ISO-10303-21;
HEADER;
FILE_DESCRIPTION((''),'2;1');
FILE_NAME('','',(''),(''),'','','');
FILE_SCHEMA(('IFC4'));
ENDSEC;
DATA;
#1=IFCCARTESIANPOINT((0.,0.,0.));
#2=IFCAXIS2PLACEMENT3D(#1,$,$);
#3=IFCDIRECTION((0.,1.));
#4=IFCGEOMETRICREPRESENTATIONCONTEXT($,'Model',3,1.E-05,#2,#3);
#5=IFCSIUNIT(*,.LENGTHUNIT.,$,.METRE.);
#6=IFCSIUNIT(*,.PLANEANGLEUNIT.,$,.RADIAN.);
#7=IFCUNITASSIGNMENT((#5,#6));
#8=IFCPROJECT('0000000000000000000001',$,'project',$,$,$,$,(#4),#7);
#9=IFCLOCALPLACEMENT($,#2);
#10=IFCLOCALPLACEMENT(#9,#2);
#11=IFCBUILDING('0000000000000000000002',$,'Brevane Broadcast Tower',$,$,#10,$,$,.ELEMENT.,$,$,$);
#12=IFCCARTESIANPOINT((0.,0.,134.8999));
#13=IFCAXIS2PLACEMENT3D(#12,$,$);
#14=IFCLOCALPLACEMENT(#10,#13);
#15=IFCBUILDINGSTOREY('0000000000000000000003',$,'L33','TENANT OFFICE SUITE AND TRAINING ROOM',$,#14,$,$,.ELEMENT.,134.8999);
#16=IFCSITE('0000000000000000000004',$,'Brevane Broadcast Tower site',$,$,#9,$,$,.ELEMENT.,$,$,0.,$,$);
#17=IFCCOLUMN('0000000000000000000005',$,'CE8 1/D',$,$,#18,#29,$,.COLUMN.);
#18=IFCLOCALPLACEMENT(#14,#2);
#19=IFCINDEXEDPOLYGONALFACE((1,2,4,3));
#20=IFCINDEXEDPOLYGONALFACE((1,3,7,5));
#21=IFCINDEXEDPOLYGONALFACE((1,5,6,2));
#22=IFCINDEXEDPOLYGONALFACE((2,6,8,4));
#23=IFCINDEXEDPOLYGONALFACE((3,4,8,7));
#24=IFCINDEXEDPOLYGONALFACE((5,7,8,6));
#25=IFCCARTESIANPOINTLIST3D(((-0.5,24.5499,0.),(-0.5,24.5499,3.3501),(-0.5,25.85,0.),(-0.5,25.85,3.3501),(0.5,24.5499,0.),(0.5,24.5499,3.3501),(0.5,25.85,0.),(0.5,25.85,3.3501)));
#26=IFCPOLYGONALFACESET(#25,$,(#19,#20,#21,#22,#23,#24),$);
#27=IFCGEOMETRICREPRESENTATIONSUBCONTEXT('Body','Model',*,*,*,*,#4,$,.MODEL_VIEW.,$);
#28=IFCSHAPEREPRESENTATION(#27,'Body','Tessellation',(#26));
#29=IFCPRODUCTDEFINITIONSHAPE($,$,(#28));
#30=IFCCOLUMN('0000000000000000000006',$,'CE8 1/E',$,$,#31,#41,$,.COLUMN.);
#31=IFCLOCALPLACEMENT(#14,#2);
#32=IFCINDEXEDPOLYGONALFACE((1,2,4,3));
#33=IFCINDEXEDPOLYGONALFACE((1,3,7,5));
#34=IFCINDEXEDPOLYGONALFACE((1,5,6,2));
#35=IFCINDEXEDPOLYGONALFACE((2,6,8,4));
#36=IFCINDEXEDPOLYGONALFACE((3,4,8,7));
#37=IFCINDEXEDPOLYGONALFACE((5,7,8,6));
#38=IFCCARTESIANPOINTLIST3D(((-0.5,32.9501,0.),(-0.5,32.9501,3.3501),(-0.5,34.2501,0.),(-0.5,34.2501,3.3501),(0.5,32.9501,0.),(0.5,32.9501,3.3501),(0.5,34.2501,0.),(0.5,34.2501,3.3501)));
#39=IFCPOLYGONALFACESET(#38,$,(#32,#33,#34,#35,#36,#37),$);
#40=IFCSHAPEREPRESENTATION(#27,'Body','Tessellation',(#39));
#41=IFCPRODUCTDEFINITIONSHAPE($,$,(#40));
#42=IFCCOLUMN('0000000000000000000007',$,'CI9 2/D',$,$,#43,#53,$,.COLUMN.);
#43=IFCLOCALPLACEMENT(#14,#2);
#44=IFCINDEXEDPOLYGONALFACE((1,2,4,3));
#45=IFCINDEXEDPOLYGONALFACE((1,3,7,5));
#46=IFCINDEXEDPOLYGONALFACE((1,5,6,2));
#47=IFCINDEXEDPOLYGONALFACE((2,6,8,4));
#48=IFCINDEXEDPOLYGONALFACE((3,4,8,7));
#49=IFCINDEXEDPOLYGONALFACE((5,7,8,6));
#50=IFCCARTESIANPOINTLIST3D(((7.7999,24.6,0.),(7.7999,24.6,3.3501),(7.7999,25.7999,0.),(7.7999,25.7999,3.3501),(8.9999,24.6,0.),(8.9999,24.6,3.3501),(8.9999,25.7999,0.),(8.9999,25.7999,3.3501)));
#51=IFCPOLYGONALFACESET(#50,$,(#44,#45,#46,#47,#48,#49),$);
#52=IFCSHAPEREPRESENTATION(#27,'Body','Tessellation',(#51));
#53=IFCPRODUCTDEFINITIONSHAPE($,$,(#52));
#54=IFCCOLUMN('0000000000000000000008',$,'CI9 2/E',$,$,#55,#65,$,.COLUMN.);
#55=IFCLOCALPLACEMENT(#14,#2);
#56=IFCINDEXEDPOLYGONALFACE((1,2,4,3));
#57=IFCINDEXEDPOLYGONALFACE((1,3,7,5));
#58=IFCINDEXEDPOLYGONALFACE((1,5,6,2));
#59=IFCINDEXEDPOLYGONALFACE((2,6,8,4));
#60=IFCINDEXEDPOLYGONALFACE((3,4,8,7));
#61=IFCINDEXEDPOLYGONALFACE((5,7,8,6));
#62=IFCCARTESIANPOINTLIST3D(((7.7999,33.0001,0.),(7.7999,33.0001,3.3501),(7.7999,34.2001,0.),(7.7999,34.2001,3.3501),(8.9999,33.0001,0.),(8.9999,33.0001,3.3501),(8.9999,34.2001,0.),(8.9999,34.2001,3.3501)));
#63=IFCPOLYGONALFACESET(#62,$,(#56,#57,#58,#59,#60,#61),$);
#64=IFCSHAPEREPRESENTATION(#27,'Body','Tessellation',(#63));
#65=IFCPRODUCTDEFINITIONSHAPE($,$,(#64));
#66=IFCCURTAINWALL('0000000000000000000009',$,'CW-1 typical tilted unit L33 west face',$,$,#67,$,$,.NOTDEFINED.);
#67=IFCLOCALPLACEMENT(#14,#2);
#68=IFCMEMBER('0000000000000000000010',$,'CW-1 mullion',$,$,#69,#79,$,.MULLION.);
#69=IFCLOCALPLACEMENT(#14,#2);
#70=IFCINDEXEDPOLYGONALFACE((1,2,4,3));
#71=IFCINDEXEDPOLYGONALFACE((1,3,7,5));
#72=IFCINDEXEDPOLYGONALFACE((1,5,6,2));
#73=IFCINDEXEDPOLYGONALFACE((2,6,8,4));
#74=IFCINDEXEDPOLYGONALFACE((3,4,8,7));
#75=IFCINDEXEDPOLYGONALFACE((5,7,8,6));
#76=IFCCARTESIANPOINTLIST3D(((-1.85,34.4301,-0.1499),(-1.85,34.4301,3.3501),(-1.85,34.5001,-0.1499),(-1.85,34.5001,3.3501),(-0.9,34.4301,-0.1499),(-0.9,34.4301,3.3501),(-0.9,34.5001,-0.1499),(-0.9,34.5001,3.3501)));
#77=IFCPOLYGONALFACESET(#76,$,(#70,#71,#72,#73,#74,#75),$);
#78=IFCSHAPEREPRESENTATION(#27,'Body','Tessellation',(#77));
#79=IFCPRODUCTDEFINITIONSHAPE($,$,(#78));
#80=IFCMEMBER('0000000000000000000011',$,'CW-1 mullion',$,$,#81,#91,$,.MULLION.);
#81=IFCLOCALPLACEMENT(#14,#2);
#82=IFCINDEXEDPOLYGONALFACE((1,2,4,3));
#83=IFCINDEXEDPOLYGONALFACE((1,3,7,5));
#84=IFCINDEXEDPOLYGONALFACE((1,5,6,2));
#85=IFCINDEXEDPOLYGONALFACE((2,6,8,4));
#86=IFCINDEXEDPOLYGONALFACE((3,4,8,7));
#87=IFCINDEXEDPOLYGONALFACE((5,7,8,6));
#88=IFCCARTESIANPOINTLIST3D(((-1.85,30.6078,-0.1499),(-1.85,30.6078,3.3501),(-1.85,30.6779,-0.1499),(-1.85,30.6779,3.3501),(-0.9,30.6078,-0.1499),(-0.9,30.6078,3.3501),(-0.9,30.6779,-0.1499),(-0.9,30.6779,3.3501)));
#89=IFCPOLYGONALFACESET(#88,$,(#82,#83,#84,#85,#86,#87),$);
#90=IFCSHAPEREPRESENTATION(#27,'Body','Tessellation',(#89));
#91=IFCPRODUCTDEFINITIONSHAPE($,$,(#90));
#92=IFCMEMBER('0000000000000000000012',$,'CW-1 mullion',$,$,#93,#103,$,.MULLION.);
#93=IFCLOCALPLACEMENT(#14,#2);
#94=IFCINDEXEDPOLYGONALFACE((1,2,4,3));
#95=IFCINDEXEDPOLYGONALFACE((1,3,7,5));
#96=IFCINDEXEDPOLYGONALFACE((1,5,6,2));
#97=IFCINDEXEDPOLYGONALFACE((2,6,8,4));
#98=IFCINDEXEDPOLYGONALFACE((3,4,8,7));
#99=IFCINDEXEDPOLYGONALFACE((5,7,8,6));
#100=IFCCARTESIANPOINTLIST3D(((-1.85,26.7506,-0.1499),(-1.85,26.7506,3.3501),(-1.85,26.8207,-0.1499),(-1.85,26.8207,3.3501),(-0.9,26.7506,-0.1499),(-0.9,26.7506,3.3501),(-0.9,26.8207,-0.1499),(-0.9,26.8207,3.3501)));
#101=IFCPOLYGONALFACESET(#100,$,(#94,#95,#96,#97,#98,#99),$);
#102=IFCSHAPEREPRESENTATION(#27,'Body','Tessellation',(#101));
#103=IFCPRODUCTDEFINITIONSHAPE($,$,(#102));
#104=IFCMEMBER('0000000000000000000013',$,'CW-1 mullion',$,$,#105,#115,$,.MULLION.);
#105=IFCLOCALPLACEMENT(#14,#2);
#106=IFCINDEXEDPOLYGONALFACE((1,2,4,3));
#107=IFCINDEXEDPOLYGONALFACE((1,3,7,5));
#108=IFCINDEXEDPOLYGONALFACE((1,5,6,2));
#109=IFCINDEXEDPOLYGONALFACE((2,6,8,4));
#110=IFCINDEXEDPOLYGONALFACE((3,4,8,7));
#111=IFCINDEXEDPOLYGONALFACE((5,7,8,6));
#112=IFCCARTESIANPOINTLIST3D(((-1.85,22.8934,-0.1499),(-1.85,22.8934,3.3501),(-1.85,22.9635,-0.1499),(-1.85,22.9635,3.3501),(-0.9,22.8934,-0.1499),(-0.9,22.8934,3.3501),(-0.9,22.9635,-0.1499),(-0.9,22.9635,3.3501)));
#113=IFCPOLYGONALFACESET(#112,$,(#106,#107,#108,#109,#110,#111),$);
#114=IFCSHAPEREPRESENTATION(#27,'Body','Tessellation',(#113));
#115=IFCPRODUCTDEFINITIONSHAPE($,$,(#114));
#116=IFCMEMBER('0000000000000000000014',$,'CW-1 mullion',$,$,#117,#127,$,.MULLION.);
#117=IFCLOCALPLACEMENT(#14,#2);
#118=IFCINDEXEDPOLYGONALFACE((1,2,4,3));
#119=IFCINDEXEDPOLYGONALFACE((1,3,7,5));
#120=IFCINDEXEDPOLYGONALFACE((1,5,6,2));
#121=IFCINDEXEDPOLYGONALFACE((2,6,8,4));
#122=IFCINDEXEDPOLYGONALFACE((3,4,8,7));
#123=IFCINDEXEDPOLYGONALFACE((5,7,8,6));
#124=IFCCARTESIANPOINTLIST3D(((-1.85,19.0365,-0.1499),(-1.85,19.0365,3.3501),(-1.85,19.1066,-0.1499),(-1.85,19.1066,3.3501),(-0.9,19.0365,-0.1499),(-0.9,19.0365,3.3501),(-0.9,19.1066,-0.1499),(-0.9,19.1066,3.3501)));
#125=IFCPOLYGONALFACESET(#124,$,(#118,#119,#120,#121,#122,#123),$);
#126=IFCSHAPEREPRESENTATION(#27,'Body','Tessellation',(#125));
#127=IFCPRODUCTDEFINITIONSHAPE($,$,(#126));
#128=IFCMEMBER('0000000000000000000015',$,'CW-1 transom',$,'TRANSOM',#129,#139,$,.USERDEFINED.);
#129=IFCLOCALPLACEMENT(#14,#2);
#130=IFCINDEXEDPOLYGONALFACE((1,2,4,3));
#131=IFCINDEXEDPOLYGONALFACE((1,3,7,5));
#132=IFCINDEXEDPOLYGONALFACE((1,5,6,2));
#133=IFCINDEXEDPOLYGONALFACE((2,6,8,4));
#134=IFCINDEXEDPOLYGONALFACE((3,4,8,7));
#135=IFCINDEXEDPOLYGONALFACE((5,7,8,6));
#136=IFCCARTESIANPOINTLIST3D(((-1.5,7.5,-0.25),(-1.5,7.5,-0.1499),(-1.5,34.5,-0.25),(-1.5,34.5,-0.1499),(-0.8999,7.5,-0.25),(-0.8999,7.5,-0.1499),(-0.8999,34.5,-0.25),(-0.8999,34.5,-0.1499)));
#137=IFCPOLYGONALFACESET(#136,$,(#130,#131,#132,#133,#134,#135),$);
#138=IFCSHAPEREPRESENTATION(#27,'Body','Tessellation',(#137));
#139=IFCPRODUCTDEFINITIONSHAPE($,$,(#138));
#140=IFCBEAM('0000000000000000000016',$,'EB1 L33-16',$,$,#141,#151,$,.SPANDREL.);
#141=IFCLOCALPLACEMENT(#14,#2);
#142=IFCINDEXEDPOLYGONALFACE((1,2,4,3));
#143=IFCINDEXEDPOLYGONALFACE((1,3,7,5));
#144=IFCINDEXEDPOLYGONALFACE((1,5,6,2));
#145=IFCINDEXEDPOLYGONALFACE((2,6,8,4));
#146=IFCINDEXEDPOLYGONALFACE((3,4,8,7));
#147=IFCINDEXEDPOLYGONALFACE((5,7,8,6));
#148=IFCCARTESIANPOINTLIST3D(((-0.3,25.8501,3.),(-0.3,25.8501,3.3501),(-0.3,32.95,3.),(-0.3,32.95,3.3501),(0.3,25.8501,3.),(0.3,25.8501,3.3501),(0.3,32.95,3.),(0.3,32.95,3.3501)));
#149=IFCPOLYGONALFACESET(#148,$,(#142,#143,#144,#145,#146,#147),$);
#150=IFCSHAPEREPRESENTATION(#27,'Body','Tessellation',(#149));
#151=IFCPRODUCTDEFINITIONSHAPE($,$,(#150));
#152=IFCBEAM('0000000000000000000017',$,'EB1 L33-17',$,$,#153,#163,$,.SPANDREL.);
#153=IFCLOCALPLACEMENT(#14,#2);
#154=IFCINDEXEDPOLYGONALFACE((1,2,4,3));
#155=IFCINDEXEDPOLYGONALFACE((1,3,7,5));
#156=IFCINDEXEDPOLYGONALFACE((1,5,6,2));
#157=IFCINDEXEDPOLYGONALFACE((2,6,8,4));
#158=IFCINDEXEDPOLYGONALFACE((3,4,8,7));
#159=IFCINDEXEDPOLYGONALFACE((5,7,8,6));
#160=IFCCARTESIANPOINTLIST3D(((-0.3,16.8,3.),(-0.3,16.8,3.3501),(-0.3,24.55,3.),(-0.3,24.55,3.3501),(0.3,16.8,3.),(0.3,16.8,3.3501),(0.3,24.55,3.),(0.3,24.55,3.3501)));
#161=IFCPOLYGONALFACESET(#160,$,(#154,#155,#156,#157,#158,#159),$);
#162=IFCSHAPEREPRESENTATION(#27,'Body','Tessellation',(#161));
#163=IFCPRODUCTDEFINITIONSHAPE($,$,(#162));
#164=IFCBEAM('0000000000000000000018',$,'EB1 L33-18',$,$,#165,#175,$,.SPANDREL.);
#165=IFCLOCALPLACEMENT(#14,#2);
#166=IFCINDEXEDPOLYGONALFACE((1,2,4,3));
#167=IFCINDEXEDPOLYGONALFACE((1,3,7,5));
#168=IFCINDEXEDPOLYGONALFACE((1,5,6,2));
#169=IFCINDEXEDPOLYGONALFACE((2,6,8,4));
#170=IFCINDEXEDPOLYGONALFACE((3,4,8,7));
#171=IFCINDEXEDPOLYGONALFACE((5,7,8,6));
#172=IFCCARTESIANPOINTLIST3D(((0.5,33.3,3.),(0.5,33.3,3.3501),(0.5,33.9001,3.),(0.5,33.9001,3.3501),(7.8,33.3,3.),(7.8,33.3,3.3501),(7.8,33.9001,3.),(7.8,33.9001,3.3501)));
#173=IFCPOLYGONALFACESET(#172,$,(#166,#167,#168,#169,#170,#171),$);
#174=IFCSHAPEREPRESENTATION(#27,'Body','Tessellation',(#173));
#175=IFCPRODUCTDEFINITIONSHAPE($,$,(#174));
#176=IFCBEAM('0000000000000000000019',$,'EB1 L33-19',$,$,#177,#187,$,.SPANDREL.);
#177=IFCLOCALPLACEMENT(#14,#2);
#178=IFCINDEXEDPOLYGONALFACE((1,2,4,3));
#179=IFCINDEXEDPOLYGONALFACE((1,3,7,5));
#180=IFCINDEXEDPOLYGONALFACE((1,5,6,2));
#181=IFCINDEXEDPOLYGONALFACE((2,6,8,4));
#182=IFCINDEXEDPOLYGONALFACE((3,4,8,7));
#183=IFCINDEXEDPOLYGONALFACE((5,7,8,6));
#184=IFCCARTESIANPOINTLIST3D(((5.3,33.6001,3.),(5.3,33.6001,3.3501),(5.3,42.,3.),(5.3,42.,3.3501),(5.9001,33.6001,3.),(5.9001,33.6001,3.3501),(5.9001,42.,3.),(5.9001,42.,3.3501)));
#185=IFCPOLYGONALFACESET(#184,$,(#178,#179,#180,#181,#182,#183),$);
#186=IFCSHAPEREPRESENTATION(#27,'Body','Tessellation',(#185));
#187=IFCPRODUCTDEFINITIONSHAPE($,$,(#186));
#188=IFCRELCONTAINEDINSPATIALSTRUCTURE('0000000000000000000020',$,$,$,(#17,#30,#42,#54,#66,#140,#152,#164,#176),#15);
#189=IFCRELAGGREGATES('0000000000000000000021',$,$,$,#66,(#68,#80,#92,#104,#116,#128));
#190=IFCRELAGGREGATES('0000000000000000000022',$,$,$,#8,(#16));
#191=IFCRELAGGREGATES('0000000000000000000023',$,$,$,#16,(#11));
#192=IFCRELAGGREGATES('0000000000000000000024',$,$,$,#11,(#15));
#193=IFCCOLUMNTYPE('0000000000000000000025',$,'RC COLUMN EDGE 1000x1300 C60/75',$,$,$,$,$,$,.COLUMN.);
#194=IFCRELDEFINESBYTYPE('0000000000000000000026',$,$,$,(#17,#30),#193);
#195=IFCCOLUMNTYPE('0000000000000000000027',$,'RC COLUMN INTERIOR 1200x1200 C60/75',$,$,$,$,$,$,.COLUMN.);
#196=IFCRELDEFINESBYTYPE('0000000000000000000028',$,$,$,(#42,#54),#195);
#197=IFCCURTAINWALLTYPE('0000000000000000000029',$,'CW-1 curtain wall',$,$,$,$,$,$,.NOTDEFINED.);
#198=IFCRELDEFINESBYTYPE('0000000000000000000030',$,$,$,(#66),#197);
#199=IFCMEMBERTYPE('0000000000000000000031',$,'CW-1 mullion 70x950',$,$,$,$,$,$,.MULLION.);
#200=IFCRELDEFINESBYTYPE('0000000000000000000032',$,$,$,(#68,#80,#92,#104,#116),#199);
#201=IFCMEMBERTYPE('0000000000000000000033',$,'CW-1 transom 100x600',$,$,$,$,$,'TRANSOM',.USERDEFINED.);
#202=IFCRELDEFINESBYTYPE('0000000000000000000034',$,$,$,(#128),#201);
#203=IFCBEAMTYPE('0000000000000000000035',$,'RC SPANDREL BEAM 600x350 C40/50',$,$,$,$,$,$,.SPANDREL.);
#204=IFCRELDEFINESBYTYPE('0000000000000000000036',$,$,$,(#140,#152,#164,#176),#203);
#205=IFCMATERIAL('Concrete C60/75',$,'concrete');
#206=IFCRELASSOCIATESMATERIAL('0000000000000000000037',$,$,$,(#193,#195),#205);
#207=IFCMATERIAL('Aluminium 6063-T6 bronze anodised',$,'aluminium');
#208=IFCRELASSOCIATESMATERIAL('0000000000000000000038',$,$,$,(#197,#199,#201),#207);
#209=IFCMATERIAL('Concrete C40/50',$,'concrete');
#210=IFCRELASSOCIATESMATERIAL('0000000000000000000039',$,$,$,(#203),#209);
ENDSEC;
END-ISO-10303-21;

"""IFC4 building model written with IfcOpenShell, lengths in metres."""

from ifc_helpers import new_model, si_unit, direction, frame, origin, origin_2d, place, context, subcontext, project, spatial, rectangle, extrude, material, material_profile, profile_set, type_object, element, aggregate, save


model = new_model("IFC4")

# Units and contexts
model_context = context("Model", 3, precision=1e-05, world=origin(), true_north=direction((0.0, 1.0)))
body_context = subcontext(model_context, "Body", "Model", "MODEL_VIEW")
ifc_project = project(units=[si_unit("LENGTHUNIT", "METRE"), si_unit("PLANEANGLEUNIT", "RADIAN")], contexts=[model_context])

# Site, building, storey
site_placement = place(None, origin())
site = spatial("IfcSite", under=ifc_project, at=site_placement, Name="Brevane Broadcast Tower site", CompositionType="ELEMENT", RefElevation=0.0)
building_placement = place(site_placement, origin())
building = spatial("IfcBuilding", under=site, at=building_placement, Name="Brevane Broadcast Tower", CompositionType="ELEMENT")
storey_placement = place(building_placement, frame((0.0, 0.0, 134.8999)))
storey = spatial("IfcBuildingStorey", under=building, at=storey_placement, Name="L33", Description="TENANT OFFICE SUITE AND TRAINING ROOM", CompositionType="ELEMENT", Elevation=134.8999)

# Columns
ifc_material_1 = material(Name="Concrete C60/75", Category="concrete")
ifc_material_profile_1 = material_profile(ifc_material_1, rectangle(XDim=1.0, YDim=1.3, at=origin_2d()), Name="RC 1000x1300")
ifc_profile_set_1 = profile_set([ifc_material_profile_1], Name="Concrete C60/75")
column_type_1 = type_object("IfcColumnType", Name="RC COLUMN EDGE 1000x1300 C60/75", PredefinedType="COLUMN", material=ifc_profile_set_1)
for number, where, z_axis, x_axis, name in (
    (1, (0.0, 25.2, 0.0), (0.0, 0.0, 1.0), (1.0, 0.0, 0.0), "CE8 1/D"),
    (2, (0.0, 33.6001, 0.0), (0.0, 0.0, 1.0), (1.0, 0.0, 0.0), "CE8 1/E"),
):
    element("IfcColumn", number, at=place(storey_placement, frame(where, z_axis=z_axis, x_axis=x_axis)), inside=storey, type_object=column_type_1, Name=name, PredefinedType="COLUMN", context=body_context, shape_type="SweptSolid", body=[
        extrude(rectangle(XDim=1.0, YDim=1.3, at=origin_2d()), origin(), (0.0, 0.0, 1.0), 3.3501),
    ])
ifc_material_profile_2 = material_profile(ifc_material_1, rectangle(XDim=1.2, YDim=1.2, at=origin_2d()), Name="RC 1200x1200")
ifc_profile_set_2 = profile_set([ifc_material_profile_2], Name="Concrete C60/75")
column_type_2 = type_object("IfcColumnType", Name="RC COLUMN INTERIOR 1200x1200 C60/75", PredefinedType="COLUMN", material=ifc_profile_set_2)
for number, where, z_axis, x_axis, name in (
    (3, (8.3999, 25.2, 0.0), (0.0, 0.0, 1.0), (1.0, 0.0, 0.0), "CI9 2/D"),
    (4, (8.3999, 33.6001, 0.0), (0.0, 0.0, 1.0), (1.0, 0.0, 0.0), "CI9 2/E"),
):
    element("IfcColumn", number, at=place(storey_placement, frame(where, z_axis=z_axis, x_axis=x_axis)), inside=storey, type_object=column_type_2, Name=name, PredefinedType="COLUMN", context=body_context, shape_type="SweptSolid", body=[
        extrude(rectangle(XDim=1.2, YDim=1.2, at=origin_2d()), origin(), (0.0, 0.0, 1.0), 3.3501),
    ])

# Curtain wall, members
ifc_material_2 = material(Name="Aluminium 6063-T6 bronze anodised", Category="aluminium")
curtain_wall_type = type_object("IfcCurtainWallType", Name="CW-1 curtain wall", PredefinedType="NOTDEFINED", material=ifc_material_2)
curtain_wall_placement = place(storey_placement, origin())
curtain_wall = element("IfcCurtainWall", 5, at=curtain_wall_placement, inside=storey, type_object=curtain_wall_type, Name="CW-1 typical tilted unit L33 west face", PredefinedType="NOTDEFINED")
ifc_material_profile_3 = material_profile(ifc_material_2, rectangle(XDim=0.95, YDim=0.0701, at=origin_2d()), Name="RECT 70x950")
ifc_profile_set_3 = profile_set([ifc_material_profile_3], Name="Aluminium 6063-T6 bronze anodised")
member_type_1 = type_object("IfcMemberType", Name="CW-1 mullion 70x950", PredefinedType="MULLION", material=ifc_profile_set_3)
member_1_placement = place(storey_placement, frame((-1.375, 34.4651, -0.1499), z_axis=(0.0, 0.0, 1.0), x_axis=(1.0, 0.0, 0.0)))
member_1 = element("IfcMember", 6, at=member_1_placement, type_object=member_type_1, Name="CW-1 mullion", PredefinedType="MULLION", context=body_context, shape_type="SweptSolid", body=[
    extrude(rectangle(XDim=0.95, YDim=0.0701, at=origin_2d()), origin(), (0.0, 0.0, 1.0), 3.5),
])
member_2_placement = place(storey_placement, frame((-1.375, 30.6428, -0.1499), z_axis=(0.0, 0.0, 1.0), x_axis=(1.0, 0.0, 0.0)))
member_2 = element("IfcMember", 7, at=member_2_placement, type_object=member_type_1, Name="CW-1 mullion", PredefinedType="MULLION", context=body_context, shape_type="SweptSolid", body=[
    extrude(rectangle(XDim=0.95, YDim=0.0701, at=origin_2d()), origin(), (0.0, 0.0, 1.0), 3.5),
])
member_3_placement = place(storey_placement, frame((-1.375, 26.7856, -0.1499), z_axis=(0.0, 0.0, 1.0), x_axis=(1.0, 0.0, 0.0)))
member_3 = element("IfcMember", 8, at=member_3_placement, type_object=member_type_1, Name="CW-1 mullion", PredefinedType="MULLION", context=body_context, shape_type="SweptSolid", body=[
    extrude(rectangle(XDim=0.95, YDim=0.0701, at=origin_2d()), origin(), (0.0, 0.0, 1.0), 3.5),
])
member_4_placement = place(storey_placement, frame((-1.375, 22.9285, -0.1499), z_axis=(0.0, 0.0, 1.0), x_axis=(1.0, 0.0, 0.0)))
member_4 = element("IfcMember", 9, at=member_4_placement, type_object=member_type_1, Name="CW-1 mullion", PredefinedType="MULLION", context=body_context, shape_type="SweptSolid", body=[
    extrude(rectangle(XDim=0.95, YDim=0.0701, at=origin_2d()), origin(), (0.0, 0.0, 1.0), 3.5),
])
member_5_placement = place(storey_placement, frame((-1.375, 19.0715, -0.1499), z_axis=(0.0, 0.0, 1.0), x_axis=(1.0, 0.0, 0.0)))
member_5 = element("IfcMember", 10, at=member_5_placement, type_object=member_type_1, Name="CW-1 mullion", PredefinedType="MULLION", context=body_context, shape_type="SweptSolid", body=[
    extrude(rectangle(XDim=0.95, YDim=0.0701, at=origin_2d()), origin(), (0.0, 0.0, 1.0), 3.5),
])
ifc_material_profile_4 = material_profile(ifc_material_2, rectangle(XDim=0.6001, YDim=0.1001, at=origin_2d()), Name="RECT 100x600")
ifc_profile_set_4 = profile_set([ifc_material_profile_4], Name="Aluminium 6063-T6 bronze anodised")
member_type_2 = type_object("IfcMemberType", Name="CW-1 transom 100x600", ElementType="TRANSOM", PredefinedType="USERDEFINED", material=ifc_profile_set_4)
member_6_placement = place(storey_placement, frame((-1.2, 34.5, -0.2), z_axis=(0.0, -1.0, 0.0), x_axis=(1.0, 0.0, 0.0)))
member_6 = element("IfcMember", 11, at=member_6_placement, type_object=member_type_2, Name="CW-1 transom", ObjectType="TRANSOM", PredefinedType="USERDEFINED", context=body_context, shape_type="SweptSolid", body=[
    extrude(rectangle(XDim=0.6001, YDim=0.1001, at=origin_2d()), origin(), (0.0, 0.0, 1.0), 27.0),
])
aggregate(curtain_wall, [member_1, member_2, member_3, member_4, member_5, member_6])

# Beams
ifc_material_3 = material(Name="Concrete C40/50", Category="concrete")
ifc_material_profile_5 = material_profile(ifc_material_3, rectangle(XDim=0.6001, YDim=0.3501, at=origin_2d()), Name="RC 600x350")
ifc_profile_set_5 = profile_set([ifc_material_profile_5], Name="Concrete C40/50")
beam_type = type_object("IfcBeamType", Name="RC SPANDREL BEAM 600x350 C40/50", PredefinedType="SPANDREL", material=ifc_profile_set_5)
beam_1_placement = place(storey_placement, frame((0.0, 32.95, 3.175), z_axis=(0.0, -1.0, 0.0), x_axis=(1.0, 0.0, 0.0)))
element("IfcBeam", 12, at=beam_1_placement, inside=storey, type_object=beam_type, Name="EB1 L33-16", PredefinedType="SPANDREL", context=body_context, shape_type="SweptSolid", body=[
    extrude(rectangle(XDim=0.6001, YDim=0.3501, at=origin_2d()), origin(), (0.0, 0.0, 1.0), 7.0999),
])
beam_2_placement = place(storey_placement, frame((0.0, 24.55, 3.175), z_axis=(0.0, -1.0, 0.0), x_axis=(1.0, 0.0, 0.0)))
element("IfcBeam", 13, at=beam_2_placement, inside=storey, type_object=beam_type, Name="EB1 L33-17", PredefinedType="SPANDREL", context=body_context, shape_type="SweptSolid", body=[
    extrude(rectangle(XDim=0.6001, YDim=0.3501, at=origin_2d()), origin(), (0.0, 0.0, 1.0), 7.75),
])
beam_3_placement = place(storey_placement, frame((0.5, 33.6001, 3.175), z_axis=(1.0, 0.0, 0.0), x_axis=(0.0, 1.0, 0.0)))
element("IfcBeam", 14, at=beam_3_placement, inside=storey, type_object=beam_type, Name="EB1 L33-18", PredefinedType="SPANDREL", context=body_context, shape_type="SweptSolid", body=[
    extrude(rectangle(XDim=0.6001, YDim=0.3501, at=origin_2d()), origin(), (0.0, 0.0, 1.0), 7.3),
])
beam_4_placement = place(storey_placement, frame((5.6001, 33.6001, 3.175), z_axis=(0.0, 1.0, 0.0), x_axis=(-1.0, 0.0, 0.0)))
element("IfcBeam", 15, at=beam_4_placement, inside=storey, type_object=beam_type, Name="EB1 L33-19", PredefinedType="SPANDREL", context=body_context, shape_type="SweptSolid", body=[
    extrude(rectangle(XDim=0.6001, YDim=0.3501, at=origin_2d()), origin(), (0.0, 0.0, 1.0), 8.3999),
])

save(model, "model.ifc")
